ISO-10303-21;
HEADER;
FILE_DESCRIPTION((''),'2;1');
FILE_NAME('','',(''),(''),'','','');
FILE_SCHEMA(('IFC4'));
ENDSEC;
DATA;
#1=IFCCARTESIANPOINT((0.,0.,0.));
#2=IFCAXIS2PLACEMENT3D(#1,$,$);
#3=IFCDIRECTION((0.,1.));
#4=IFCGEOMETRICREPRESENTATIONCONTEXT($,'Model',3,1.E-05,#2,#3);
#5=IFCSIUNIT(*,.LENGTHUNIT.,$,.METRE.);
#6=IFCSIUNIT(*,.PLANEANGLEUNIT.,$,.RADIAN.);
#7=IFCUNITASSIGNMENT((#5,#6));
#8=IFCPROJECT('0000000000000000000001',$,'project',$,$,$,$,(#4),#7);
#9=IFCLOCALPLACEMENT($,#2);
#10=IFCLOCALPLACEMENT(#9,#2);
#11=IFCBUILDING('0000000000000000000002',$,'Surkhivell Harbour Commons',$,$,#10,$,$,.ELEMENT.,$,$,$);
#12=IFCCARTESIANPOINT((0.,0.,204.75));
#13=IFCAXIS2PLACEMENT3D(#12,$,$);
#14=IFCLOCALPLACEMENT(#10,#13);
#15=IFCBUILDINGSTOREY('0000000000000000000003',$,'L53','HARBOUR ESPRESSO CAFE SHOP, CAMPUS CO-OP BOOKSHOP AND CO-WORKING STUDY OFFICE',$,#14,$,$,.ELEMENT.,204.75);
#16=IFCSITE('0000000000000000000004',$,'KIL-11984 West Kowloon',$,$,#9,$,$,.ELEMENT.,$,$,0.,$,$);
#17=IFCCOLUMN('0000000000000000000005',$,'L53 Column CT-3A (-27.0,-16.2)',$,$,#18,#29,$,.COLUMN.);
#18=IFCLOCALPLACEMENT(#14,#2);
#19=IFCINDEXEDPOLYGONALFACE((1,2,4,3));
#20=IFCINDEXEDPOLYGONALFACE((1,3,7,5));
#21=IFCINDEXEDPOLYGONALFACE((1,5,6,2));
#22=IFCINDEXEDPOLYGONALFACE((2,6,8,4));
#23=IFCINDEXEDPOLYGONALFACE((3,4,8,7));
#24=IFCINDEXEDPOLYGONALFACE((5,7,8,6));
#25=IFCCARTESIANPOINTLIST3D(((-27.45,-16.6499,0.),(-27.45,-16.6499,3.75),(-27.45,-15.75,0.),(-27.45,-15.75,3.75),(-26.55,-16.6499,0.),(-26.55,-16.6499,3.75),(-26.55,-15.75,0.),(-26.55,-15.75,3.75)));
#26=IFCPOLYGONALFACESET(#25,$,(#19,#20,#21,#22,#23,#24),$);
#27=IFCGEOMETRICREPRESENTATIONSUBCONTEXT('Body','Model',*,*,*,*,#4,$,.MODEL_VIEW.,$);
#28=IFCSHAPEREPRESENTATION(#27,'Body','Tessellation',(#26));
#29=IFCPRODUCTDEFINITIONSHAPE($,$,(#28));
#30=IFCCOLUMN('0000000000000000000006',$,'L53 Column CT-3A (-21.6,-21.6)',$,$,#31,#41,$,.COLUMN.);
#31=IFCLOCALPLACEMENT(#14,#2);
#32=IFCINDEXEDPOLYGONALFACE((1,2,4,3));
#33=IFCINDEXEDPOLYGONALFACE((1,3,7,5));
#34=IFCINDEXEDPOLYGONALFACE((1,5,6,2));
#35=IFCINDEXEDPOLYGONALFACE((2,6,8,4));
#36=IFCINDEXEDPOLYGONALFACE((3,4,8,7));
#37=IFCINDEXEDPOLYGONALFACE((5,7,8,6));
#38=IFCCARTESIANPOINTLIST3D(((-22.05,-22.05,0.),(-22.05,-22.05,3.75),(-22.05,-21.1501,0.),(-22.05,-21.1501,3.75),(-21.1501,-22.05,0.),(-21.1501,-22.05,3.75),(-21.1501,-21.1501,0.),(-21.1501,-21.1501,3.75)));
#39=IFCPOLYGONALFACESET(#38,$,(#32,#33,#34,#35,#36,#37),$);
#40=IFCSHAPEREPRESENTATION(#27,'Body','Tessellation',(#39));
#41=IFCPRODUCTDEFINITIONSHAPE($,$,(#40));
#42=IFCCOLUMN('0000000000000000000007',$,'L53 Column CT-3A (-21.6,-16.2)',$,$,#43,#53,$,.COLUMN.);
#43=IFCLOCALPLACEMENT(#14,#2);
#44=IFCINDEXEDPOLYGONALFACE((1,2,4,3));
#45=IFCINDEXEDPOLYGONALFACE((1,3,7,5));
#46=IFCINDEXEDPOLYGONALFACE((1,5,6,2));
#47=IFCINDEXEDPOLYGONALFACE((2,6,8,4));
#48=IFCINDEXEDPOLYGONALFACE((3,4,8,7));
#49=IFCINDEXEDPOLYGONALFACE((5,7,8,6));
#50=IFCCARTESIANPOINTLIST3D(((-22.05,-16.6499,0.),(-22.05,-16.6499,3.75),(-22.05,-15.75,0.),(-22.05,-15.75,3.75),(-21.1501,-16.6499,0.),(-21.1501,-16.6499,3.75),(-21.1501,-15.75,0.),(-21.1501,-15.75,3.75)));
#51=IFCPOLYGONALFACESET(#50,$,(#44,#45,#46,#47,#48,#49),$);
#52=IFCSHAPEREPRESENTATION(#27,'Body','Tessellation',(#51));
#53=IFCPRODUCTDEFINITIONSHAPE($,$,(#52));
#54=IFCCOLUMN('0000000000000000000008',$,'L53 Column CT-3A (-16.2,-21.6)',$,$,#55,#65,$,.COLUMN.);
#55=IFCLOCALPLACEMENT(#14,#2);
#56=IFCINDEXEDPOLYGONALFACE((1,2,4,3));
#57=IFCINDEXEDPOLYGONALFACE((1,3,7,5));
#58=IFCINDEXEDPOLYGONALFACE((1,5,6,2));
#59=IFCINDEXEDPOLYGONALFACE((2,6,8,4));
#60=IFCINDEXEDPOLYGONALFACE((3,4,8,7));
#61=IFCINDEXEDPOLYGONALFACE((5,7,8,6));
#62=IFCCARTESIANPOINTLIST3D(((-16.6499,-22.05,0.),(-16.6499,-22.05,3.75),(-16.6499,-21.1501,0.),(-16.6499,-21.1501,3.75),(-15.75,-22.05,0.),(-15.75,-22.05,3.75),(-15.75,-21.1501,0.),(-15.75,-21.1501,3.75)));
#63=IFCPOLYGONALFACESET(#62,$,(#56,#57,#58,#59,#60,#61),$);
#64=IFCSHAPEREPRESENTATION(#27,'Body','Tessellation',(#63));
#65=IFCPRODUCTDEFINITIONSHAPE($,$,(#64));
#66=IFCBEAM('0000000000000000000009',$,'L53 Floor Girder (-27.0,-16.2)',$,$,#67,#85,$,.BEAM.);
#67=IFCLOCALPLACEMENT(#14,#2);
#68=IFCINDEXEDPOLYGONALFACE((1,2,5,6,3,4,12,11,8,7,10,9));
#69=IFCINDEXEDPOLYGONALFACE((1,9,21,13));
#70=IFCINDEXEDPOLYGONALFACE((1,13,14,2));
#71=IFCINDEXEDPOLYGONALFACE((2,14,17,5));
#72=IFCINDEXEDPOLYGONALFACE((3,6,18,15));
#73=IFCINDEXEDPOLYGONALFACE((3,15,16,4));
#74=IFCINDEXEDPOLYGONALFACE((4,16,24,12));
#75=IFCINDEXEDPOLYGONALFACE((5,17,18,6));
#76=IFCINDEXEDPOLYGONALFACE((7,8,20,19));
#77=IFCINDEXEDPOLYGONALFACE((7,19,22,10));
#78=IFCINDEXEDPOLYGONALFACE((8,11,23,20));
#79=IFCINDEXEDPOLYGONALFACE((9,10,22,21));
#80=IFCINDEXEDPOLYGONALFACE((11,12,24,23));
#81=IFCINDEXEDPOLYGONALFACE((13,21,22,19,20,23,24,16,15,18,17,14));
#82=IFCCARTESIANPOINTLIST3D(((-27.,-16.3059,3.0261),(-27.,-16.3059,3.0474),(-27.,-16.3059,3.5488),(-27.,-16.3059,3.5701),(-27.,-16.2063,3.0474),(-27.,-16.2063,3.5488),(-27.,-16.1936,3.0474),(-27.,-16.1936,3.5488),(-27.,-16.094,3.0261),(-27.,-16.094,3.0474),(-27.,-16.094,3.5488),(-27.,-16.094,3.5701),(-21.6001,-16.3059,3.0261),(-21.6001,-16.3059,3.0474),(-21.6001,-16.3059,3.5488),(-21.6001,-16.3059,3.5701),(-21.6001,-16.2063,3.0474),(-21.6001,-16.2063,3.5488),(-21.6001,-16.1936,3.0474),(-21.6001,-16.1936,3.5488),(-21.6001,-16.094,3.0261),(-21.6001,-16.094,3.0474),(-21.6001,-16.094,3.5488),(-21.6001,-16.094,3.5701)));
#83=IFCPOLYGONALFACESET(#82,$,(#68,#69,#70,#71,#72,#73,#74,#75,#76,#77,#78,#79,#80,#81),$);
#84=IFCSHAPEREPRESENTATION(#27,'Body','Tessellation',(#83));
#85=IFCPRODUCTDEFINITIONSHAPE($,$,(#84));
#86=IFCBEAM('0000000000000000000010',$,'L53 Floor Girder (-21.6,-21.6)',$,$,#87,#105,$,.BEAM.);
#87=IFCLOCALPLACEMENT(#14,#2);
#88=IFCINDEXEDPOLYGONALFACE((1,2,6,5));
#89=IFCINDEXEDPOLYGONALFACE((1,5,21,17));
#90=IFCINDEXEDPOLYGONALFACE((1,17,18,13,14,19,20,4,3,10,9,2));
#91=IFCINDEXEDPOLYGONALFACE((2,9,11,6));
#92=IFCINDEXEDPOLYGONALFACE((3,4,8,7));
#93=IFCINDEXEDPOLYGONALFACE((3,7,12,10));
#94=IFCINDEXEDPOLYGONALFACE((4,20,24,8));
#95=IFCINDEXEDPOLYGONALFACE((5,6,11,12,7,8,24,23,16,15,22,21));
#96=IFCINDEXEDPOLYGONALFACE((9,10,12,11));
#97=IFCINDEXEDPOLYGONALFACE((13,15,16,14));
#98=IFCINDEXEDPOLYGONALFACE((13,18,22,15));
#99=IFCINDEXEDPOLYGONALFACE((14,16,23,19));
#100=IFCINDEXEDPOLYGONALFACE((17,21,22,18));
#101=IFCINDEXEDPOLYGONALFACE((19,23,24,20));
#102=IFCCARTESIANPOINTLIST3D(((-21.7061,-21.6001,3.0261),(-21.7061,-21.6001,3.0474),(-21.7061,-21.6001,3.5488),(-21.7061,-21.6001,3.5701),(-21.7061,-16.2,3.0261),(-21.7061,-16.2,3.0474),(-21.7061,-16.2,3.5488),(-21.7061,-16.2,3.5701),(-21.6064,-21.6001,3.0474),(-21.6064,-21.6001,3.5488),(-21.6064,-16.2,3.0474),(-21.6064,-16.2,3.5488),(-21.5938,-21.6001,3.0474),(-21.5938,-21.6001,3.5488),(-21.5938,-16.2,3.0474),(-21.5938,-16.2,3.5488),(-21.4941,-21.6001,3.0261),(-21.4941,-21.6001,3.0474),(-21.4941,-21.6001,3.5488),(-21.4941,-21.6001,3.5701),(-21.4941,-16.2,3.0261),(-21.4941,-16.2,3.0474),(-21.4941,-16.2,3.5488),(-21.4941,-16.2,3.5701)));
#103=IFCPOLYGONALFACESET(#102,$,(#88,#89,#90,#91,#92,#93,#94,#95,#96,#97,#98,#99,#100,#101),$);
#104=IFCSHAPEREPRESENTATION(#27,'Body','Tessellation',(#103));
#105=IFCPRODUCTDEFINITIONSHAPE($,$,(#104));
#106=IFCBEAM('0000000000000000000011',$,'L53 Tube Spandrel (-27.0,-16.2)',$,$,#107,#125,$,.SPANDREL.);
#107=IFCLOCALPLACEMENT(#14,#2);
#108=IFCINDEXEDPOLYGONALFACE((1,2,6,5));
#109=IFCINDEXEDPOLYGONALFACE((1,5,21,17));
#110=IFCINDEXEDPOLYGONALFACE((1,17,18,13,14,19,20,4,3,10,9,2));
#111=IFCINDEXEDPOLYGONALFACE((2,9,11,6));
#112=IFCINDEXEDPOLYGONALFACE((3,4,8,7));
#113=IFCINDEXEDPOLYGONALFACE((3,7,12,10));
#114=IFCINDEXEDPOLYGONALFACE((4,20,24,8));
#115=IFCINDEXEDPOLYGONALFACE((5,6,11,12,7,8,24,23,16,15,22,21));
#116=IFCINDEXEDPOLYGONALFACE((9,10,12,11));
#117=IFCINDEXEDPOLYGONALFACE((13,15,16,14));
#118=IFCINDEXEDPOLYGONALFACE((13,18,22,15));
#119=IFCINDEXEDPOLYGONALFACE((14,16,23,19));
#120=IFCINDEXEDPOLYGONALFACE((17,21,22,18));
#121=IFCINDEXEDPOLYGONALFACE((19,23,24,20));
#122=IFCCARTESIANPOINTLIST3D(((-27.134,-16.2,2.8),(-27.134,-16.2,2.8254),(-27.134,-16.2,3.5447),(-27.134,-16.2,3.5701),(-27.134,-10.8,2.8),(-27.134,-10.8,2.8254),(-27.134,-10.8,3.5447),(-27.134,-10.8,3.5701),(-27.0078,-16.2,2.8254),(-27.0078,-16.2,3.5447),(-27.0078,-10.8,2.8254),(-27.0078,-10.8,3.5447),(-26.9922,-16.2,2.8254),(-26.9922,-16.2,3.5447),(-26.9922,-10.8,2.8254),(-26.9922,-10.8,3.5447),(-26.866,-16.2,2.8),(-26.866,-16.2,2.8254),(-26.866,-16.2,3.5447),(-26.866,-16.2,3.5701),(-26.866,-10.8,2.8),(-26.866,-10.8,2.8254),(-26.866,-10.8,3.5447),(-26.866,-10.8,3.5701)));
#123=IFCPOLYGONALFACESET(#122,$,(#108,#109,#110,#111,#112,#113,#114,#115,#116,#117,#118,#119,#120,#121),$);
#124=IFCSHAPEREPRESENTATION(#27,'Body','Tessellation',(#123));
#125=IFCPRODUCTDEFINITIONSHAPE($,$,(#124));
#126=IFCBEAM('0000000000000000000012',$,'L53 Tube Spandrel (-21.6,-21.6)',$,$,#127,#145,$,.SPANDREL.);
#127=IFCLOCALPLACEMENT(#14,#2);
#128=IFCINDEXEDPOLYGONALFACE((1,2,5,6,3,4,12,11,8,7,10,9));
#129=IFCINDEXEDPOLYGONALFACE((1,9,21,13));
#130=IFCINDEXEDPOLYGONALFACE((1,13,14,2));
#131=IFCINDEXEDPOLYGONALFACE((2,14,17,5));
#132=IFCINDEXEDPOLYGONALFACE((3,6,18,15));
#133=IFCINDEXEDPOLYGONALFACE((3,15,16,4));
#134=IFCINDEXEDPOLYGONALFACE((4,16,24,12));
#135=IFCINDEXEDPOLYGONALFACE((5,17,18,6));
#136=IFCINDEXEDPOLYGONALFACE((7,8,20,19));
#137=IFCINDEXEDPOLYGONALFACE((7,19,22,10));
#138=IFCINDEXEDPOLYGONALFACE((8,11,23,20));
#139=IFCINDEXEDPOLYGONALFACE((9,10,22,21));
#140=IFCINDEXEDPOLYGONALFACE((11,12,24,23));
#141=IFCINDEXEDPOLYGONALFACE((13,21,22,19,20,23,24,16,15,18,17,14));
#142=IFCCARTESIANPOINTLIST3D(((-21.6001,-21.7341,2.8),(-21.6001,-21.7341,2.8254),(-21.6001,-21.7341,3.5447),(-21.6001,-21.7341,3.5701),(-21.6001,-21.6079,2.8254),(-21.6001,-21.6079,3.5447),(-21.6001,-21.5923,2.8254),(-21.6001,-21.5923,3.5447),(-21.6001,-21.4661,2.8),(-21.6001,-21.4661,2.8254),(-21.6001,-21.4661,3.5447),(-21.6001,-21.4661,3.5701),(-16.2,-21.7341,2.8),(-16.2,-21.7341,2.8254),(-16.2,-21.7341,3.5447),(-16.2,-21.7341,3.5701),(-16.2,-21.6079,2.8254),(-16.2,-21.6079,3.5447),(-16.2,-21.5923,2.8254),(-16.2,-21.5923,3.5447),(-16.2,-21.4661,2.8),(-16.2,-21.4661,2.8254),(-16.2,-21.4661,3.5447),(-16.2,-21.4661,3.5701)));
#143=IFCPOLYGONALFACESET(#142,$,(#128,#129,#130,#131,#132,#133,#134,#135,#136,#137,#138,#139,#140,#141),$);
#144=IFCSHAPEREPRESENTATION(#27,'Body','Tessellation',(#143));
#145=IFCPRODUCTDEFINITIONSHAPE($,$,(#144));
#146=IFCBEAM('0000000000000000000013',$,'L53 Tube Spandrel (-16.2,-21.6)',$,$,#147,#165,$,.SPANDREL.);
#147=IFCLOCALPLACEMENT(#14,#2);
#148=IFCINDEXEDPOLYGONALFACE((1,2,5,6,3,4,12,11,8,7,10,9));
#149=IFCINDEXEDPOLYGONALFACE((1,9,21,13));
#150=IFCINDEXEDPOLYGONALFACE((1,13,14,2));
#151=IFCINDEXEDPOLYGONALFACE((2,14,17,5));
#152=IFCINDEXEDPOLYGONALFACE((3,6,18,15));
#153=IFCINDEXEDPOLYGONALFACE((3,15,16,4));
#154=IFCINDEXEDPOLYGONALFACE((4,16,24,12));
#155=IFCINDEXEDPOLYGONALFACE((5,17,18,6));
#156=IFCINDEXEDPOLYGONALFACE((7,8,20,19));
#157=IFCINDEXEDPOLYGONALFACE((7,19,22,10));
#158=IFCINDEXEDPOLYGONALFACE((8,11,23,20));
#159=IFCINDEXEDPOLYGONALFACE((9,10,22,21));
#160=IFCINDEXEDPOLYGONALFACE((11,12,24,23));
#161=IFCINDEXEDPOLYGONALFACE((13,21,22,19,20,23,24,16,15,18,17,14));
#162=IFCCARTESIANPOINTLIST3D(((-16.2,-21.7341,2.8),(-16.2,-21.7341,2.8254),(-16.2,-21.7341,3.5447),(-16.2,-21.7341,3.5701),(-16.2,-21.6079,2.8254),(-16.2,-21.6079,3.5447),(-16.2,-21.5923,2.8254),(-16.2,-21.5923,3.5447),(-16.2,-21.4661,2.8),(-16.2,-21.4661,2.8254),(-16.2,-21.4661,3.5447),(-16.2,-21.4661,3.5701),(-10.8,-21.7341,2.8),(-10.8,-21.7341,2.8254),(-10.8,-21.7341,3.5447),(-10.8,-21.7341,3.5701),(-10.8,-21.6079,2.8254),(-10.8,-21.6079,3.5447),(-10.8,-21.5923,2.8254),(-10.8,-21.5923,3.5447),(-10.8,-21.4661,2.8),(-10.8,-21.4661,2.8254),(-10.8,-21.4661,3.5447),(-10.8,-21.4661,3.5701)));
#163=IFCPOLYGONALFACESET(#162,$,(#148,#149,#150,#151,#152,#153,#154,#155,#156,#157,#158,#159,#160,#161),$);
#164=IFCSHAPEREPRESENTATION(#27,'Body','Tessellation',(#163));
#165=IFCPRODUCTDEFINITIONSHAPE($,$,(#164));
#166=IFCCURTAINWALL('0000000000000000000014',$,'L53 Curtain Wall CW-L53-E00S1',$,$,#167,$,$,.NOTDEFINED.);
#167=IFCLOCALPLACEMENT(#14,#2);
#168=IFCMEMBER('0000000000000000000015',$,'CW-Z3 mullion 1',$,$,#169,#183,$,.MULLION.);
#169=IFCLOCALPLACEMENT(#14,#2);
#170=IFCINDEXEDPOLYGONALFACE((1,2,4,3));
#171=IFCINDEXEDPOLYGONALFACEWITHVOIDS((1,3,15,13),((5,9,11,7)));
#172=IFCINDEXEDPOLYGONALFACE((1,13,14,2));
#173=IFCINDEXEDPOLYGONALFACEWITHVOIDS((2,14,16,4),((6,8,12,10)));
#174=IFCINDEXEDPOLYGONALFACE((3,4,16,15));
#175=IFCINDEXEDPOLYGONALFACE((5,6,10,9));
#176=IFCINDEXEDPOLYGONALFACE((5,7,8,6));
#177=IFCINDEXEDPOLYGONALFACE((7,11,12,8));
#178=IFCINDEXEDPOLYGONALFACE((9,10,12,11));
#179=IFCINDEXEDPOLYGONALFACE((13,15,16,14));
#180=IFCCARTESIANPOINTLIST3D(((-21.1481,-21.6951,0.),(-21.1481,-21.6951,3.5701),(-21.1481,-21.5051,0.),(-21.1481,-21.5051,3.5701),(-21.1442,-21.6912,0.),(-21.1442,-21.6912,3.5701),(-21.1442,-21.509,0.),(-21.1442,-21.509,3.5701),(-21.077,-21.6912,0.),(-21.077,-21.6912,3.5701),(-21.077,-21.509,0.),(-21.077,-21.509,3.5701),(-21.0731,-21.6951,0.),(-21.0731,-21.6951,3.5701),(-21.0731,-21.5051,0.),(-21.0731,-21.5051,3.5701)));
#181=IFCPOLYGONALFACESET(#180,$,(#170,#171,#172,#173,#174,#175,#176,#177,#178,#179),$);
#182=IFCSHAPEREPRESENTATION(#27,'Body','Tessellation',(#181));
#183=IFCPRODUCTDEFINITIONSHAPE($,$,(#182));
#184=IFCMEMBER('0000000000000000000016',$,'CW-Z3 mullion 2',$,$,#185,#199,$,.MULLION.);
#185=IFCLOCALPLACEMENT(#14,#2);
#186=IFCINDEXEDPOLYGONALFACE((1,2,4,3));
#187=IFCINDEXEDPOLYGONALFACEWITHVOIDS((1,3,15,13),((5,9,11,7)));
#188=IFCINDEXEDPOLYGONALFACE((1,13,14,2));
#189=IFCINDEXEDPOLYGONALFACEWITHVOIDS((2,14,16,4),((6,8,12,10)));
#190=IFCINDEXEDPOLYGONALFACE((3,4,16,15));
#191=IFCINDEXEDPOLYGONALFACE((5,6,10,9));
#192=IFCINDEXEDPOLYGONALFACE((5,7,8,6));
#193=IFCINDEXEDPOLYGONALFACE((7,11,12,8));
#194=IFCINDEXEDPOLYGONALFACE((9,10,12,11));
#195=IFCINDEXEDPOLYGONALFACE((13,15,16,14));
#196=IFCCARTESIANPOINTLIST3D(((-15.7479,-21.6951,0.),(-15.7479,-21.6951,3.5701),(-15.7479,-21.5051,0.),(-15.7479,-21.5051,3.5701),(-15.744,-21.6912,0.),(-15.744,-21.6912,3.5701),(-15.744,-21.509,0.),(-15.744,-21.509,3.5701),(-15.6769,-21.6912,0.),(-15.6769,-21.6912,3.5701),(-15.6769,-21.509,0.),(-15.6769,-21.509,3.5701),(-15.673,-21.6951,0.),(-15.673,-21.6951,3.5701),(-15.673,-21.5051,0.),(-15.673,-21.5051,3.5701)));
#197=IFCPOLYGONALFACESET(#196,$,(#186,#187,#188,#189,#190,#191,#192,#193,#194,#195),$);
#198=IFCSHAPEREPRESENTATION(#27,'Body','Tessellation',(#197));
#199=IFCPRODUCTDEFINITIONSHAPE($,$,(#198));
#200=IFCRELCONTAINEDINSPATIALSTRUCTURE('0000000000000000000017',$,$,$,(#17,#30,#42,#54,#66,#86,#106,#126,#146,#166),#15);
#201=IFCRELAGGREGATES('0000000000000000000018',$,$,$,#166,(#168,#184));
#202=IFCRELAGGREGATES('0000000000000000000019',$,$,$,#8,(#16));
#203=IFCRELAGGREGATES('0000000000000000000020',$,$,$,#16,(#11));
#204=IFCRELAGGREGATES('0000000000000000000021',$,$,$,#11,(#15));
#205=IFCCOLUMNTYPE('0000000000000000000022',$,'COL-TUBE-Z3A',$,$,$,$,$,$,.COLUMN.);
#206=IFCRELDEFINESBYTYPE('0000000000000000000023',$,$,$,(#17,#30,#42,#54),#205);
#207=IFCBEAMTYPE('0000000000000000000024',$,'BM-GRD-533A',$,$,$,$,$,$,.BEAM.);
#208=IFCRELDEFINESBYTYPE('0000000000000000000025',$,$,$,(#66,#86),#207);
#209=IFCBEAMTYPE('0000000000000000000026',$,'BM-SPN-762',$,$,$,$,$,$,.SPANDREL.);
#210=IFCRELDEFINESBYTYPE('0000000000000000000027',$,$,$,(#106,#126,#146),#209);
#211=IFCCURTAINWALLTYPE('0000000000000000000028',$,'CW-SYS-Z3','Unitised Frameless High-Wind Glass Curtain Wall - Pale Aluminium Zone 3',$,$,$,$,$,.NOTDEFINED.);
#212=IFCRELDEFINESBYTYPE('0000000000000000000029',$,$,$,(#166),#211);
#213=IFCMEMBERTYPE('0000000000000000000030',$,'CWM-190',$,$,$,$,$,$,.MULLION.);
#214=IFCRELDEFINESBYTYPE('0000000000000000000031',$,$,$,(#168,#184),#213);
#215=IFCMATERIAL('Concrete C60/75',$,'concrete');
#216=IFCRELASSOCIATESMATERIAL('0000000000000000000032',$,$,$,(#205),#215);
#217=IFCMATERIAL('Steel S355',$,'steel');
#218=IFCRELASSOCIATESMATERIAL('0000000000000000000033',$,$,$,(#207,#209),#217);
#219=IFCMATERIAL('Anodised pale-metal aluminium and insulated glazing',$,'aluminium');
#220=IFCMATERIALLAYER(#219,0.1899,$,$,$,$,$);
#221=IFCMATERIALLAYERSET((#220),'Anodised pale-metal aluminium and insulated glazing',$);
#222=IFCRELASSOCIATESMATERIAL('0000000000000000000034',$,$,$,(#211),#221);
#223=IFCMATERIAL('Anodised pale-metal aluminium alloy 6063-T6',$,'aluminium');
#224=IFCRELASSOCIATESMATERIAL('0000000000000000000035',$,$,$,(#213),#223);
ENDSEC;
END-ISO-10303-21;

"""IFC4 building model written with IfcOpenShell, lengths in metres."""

from ifc_helpers import new_model, si_unit, direction, frame, origin, origin_2d, place, context, subcontext, project, spatial, rectangle, hollow_rectangle, i_section, extrude, material, layer, layer_set, material_profile, profile_set, type_object, element, aggregate, save


model = new_model("IFC4")

# Units and contexts
model_context = context("Model", 3, precision=1e-05, world=origin(), true_north=direction((0.0, 1.0)))
body_context = subcontext(model_context, "Body", "Model", "MODEL_VIEW")
ifc_project = project(units=[si_unit("LENGTHUNIT", "METRE"), si_unit("PLANEANGLEUNIT", "RADIAN")], contexts=[model_context])

# Site, building, storey
site_placement = place(None, origin())
site = spatial("IfcSite", under=ifc_project, at=site_placement, Name="KIL-11984 West Kowloon", CompositionType="ELEMENT", RefElevation=0.0)
building_placement = place(site_placement, origin())
building = spatial("IfcBuilding", under=site, at=building_placement, Name="Surkhivell Harbour Commons", CompositionType="ELEMENT")
storey_placement = place(building_placement, frame((0.0, 0.0, 204.75)))
storey = spatial("IfcBuildingStorey", under=building, at=storey_placement, Name="L53", Description="HARBOUR ESPRESSO CAFE SHOP, CAMPUS CO-OP BOOKSHOP AND CO-WORKING STUDY OFFICE", CompositionType="ELEMENT", Elevation=204.75)

# Columns
ifc_material_1 = material(Name="Concrete C60/75", Category="concrete")
ifc_material_profile_1 = material_profile(ifc_material_1, rectangle(XDim=0.8999, YDim=0.8999, at=origin_2d()), Name="RC-COL-900x900")
ifc_profile_set_1 = profile_set([ifc_material_profile_1], Name="Concrete C60/75")
column_type = type_object("IfcColumnType", Name="COL-TUBE-Z3A", PredefinedType="COLUMN", material=ifc_profile_set_1)
for number, where, z_axis, x_axis, name in (
    (1, (-27.0, -16.2, 0.0), (0.0, 0.0, 1.0), (1.0, 0.0, 0.0), "L53 Column CT-3A (-27.0,-16.2)"),
    (2, (-21.6001, -21.6001, 0.0), (0.0, 0.0, 1.0), (1.0, 0.0, 0.0), "L53 Column CT-3A (-21.6,-21.6)"),
    (3, (-21.6001, -16.2, 0.0), (0.0, 0.0, 1.0), (1.0, 0.0, 0.0), "L53 Column CT-3A (-21.6,-16.2)"),
    (4, (-16.2, -21.6001, 0.0), (0.0, 0.0, 1.0), (1.0, 0.0, 0.0), "L53 Column CT-3A (-16.2,-21.6)"),
):
    element("IfcColumn", number, at=place(storey_placement, frame(where, z_axis=z_axis, x_axis=x_axis)), inside=storey, type_object=column_type, Name=name, PredefinedType="COLUMN", context=body_context, shape_type="SweptSolid", body=[
        extrude(rectangle(XDim=0.8999, YDim=0.8999, at=origin_2d()), origin(), (0.0, 0.0, 1.0), 3.75),
    ])

# Beams
ifc_material_2 = material(Name="Steel S355", Category="steel")
ifc_material_profile_2 = material_profile(ifc_material_2, i_section(OverallWidth=0.2119, OverallDepth=0.5439, WebThickness=0.0127, FlangeThickness=0.0212, at=origin_2d()), Name="UB533x210x122")
ifc_profile_set_2 = profile_set([ifc_material_profile_2], Name="Steel S355")
beam_type_1 = type_object("IfcBeamType", Name="BM-GRD-533A", PredefinedType="BEAM", material=ifc_profile_set_2)
beam_1_placement = place(storey_placement, frame((-27.0, -16.2, 3.2981), z_axis=(1.0, 0.0, 0.0), x_axis=(0.0, 1.0, 0.0)))
element("IfcBeam", 5, at=beam_1_placement, inside=storey, type_object=beam_type_1, Name="L53 Floor Girder (-27.0,-16.2)", PredefinedType="BEAM", context=body_context, shape_type="SweptSolid", body=[
    extrude(i_section(OverallWidth=0.2119, OverallDepth=0.5439, WebThickness=0.0127, FlangeThickness=0.0212, at=origin_2d()), origin(), (0.0, 0.0, 1.0), 5.3999),
])
beam_2_placement = place(storey_placement, frame((-21.6001, -21.6001, 3.2981), z_axis=(0.0, 1.0, 0.0), x_axis=(-1.0, 0.0, 0.0)))
element("IfcBeam", 6, at=beam_2_placement, inside=storey, type_object=beam_type_1, Name="L53 Floor Girder (-21.6,-21.6)", PredefinedType="BEAM", context=body_context, shape_type="SweptSolid", body=[
    extrude(i_section(OverallWidth=0.2119, OverallDepth=0.5439, WebThickness=0.0127, FlangeThickness=0.0212, at=origin_2d()), origin(), (0.0, 0.0, 1.0), 5.4001),
])
ifc_material_profile_3 = material_profile(ifc_material_2, i_section(OverallWidth=0.2681, OverallDepth=0.77, WebThickness=0.0156, FlangeThickness=0.0254, at=origin_2d()), Name="UB762x267x197")
ifc_profile_set_3 = profile_set([ifc_material_profile_3], Name="Steel S355")
beam_type_2 = type_object("IfcBeamType", Name="BM-SPN-762", PredefinedType="SPANDREL", material=ifc_profile_set_3)
beam_3_placement = place(storey_placement, frame((-27.0, -16.2, 3.1851), z_axis=(0.0, 1.0, 0.0), x_axis=(-1.0, 0.0, 0.0)))
element("IfcBeam", 7, at=beam_3_placement, inside=storey, type_object=beam_type_2, Name="L53 Tube Spandrel (-27.0,-16.2)", PredefinedType="SPANDREL", context=body_context, shape_type="SweptSolid", body=[
    extrude(i_section(OverallWidth=0.2681, OverallDepth=0.77, WebThickness=0.0156, FlangeThickness=0.0254, at=origin_2d()), origin(), (0.0, 0.0, 1.0), 5.3999),
])
beam_4_placement = place(storey_placement, frame((-21.6001, -21.6001, 3.1851), z_axis=(1.0, 0.0, 0.0), x_axis=(0.0, 1.0, 0.0)))
element("IfcBeam", 8, at=beam_4_placement, inside=storey, type_object=beam_type_2, Name="L53 Tube Spandrel (-21.6,-21.6)", PredefinedType="SPANDREL", context=body_context, shape_type="SweptSolid", body=[
    extrude(i_section(OverallWidth=0.2681, OverallDepth=0.77, WebThickness=0.0156, FlangeThickness=0.0254, at=origin_2d()), origin(), (0.0, 0.0, 1.0), 5.4001),
])
beam_5_placement = place(storey_placement, frame((-16.2, -21.6001, 3.1851), z_axis=(1.0, 0.0, 0.0), x_axis=(0.0, 1.0, 0.0)))
element("IfcBeam", 9, at=beam_5_placement, inside=storey, type_object=beam_type_2, Name="L53 Tube Spandrel (-16.2,-21.6)", PredefinedType="SPANDREL", context=body_context, shape_type="SweptSolid", body=[
    extrude(i_section(OverallWidth=0.2681, OverallDepth=0.77, WebThickness=0.0156, FlangeThickness=0.0254, at=origin_2d()), origin(), (0.0, 0.0, 1.0), 5.3999),
])

# Curtain wall, members
ifc_material_3 = material(Name="Anodised pale-metal aluminium and insulated glazing", Category="aluminium")
ifc_layer_1 = layer(ifc_material_3, 0.1899)
ifc_layer_set_1 = layer_set([ifc_layer_1], Name="Anodised pale-metal aluminium and insulated glazing")
curtain_wall_type = type_object("IfcCurtainWallType", Name="CW-SYS-Z3", Description="Unitised Frameless High-Wind Glass Curtain Wall - Pale Aluminium Zone 3", PredefinedType="NOTDEFINED", material=ifc_layer_set_1)
curtain_wall_placement = place(storey_placement, origin())
curtain_wall = element("IfcCurtainWall", 10, at=curtain_wall_placement, inside=storey, type_object=curtain_wall_type, Name="L53 Curtain Wall CW-L53-E00S1", PredefinedType="NOTDEFINED")
ifc_material_4 = material(Name="Anodised pale-metal aluminium alloy 6063-T6", Category="aluminium")
ifc_material_profile_4 = material_profile(ifc_material_4, hollow_rectangle(XDim=0.075, YDim=0.1899, WallThickness=0.0039, at=origin_2d()), Name="ALU-MULL-75x190")
ifc_profile_set_4 = profile_set([ifc_material_profile_4], Name="Anodised pale-metal aluminium alloy 6063-T6")
member_type_1 = type_object("IfcMemberType", Name="CWM-190", PredefinedType="MULLION", material=ifc_profile_set_4)
member_1_placement = place(storey_placement, frame((-21.1106, -21.6001, 0.0), z_axis=(0.0, 0.0, 1.0), x_axis=(1.0, 0.0, 0.0)))
member_1 = element("IfcMember", 11, at=member_1_placement, type_object=member_type_1, Name="CW-Z3 mullion 1", PredefinedType="MULLION", context=body_context, shape_type="SweptSolid", body=[
    extrude(hollow_rectangle(XDim=0.075, YDim=0.1899, WallThickness=0.0039, at=origin_2d()), origin(), (0.0, 0.0, 1.0), 3.5701),
])
member_2_placement = place(storey_placement, frame((-15.7104, -21.6001, 0.0), z_axis=(0.0, 0.0, 1.0), x_axis=(1.0, 0.0, 0.0)))
member_2 = element("IfcMember", 12, at=member_2_placement, type_object=member_type_1, Name="CW-Z3 mullion 2", PredefinedType="MULLION", context=body_context, shape_type="SweptSolid", body=[
    extrude(hollow_rectangle(XDim=0.075, YDim=0.1899, WallThickness=0.0039, at=origin_2d()), origin(), (0.0, 0.0, 1.0), 3.5701),
])
aggregate(curtain_wall, [member_1, member_2])

save(model, "model.ifc")
